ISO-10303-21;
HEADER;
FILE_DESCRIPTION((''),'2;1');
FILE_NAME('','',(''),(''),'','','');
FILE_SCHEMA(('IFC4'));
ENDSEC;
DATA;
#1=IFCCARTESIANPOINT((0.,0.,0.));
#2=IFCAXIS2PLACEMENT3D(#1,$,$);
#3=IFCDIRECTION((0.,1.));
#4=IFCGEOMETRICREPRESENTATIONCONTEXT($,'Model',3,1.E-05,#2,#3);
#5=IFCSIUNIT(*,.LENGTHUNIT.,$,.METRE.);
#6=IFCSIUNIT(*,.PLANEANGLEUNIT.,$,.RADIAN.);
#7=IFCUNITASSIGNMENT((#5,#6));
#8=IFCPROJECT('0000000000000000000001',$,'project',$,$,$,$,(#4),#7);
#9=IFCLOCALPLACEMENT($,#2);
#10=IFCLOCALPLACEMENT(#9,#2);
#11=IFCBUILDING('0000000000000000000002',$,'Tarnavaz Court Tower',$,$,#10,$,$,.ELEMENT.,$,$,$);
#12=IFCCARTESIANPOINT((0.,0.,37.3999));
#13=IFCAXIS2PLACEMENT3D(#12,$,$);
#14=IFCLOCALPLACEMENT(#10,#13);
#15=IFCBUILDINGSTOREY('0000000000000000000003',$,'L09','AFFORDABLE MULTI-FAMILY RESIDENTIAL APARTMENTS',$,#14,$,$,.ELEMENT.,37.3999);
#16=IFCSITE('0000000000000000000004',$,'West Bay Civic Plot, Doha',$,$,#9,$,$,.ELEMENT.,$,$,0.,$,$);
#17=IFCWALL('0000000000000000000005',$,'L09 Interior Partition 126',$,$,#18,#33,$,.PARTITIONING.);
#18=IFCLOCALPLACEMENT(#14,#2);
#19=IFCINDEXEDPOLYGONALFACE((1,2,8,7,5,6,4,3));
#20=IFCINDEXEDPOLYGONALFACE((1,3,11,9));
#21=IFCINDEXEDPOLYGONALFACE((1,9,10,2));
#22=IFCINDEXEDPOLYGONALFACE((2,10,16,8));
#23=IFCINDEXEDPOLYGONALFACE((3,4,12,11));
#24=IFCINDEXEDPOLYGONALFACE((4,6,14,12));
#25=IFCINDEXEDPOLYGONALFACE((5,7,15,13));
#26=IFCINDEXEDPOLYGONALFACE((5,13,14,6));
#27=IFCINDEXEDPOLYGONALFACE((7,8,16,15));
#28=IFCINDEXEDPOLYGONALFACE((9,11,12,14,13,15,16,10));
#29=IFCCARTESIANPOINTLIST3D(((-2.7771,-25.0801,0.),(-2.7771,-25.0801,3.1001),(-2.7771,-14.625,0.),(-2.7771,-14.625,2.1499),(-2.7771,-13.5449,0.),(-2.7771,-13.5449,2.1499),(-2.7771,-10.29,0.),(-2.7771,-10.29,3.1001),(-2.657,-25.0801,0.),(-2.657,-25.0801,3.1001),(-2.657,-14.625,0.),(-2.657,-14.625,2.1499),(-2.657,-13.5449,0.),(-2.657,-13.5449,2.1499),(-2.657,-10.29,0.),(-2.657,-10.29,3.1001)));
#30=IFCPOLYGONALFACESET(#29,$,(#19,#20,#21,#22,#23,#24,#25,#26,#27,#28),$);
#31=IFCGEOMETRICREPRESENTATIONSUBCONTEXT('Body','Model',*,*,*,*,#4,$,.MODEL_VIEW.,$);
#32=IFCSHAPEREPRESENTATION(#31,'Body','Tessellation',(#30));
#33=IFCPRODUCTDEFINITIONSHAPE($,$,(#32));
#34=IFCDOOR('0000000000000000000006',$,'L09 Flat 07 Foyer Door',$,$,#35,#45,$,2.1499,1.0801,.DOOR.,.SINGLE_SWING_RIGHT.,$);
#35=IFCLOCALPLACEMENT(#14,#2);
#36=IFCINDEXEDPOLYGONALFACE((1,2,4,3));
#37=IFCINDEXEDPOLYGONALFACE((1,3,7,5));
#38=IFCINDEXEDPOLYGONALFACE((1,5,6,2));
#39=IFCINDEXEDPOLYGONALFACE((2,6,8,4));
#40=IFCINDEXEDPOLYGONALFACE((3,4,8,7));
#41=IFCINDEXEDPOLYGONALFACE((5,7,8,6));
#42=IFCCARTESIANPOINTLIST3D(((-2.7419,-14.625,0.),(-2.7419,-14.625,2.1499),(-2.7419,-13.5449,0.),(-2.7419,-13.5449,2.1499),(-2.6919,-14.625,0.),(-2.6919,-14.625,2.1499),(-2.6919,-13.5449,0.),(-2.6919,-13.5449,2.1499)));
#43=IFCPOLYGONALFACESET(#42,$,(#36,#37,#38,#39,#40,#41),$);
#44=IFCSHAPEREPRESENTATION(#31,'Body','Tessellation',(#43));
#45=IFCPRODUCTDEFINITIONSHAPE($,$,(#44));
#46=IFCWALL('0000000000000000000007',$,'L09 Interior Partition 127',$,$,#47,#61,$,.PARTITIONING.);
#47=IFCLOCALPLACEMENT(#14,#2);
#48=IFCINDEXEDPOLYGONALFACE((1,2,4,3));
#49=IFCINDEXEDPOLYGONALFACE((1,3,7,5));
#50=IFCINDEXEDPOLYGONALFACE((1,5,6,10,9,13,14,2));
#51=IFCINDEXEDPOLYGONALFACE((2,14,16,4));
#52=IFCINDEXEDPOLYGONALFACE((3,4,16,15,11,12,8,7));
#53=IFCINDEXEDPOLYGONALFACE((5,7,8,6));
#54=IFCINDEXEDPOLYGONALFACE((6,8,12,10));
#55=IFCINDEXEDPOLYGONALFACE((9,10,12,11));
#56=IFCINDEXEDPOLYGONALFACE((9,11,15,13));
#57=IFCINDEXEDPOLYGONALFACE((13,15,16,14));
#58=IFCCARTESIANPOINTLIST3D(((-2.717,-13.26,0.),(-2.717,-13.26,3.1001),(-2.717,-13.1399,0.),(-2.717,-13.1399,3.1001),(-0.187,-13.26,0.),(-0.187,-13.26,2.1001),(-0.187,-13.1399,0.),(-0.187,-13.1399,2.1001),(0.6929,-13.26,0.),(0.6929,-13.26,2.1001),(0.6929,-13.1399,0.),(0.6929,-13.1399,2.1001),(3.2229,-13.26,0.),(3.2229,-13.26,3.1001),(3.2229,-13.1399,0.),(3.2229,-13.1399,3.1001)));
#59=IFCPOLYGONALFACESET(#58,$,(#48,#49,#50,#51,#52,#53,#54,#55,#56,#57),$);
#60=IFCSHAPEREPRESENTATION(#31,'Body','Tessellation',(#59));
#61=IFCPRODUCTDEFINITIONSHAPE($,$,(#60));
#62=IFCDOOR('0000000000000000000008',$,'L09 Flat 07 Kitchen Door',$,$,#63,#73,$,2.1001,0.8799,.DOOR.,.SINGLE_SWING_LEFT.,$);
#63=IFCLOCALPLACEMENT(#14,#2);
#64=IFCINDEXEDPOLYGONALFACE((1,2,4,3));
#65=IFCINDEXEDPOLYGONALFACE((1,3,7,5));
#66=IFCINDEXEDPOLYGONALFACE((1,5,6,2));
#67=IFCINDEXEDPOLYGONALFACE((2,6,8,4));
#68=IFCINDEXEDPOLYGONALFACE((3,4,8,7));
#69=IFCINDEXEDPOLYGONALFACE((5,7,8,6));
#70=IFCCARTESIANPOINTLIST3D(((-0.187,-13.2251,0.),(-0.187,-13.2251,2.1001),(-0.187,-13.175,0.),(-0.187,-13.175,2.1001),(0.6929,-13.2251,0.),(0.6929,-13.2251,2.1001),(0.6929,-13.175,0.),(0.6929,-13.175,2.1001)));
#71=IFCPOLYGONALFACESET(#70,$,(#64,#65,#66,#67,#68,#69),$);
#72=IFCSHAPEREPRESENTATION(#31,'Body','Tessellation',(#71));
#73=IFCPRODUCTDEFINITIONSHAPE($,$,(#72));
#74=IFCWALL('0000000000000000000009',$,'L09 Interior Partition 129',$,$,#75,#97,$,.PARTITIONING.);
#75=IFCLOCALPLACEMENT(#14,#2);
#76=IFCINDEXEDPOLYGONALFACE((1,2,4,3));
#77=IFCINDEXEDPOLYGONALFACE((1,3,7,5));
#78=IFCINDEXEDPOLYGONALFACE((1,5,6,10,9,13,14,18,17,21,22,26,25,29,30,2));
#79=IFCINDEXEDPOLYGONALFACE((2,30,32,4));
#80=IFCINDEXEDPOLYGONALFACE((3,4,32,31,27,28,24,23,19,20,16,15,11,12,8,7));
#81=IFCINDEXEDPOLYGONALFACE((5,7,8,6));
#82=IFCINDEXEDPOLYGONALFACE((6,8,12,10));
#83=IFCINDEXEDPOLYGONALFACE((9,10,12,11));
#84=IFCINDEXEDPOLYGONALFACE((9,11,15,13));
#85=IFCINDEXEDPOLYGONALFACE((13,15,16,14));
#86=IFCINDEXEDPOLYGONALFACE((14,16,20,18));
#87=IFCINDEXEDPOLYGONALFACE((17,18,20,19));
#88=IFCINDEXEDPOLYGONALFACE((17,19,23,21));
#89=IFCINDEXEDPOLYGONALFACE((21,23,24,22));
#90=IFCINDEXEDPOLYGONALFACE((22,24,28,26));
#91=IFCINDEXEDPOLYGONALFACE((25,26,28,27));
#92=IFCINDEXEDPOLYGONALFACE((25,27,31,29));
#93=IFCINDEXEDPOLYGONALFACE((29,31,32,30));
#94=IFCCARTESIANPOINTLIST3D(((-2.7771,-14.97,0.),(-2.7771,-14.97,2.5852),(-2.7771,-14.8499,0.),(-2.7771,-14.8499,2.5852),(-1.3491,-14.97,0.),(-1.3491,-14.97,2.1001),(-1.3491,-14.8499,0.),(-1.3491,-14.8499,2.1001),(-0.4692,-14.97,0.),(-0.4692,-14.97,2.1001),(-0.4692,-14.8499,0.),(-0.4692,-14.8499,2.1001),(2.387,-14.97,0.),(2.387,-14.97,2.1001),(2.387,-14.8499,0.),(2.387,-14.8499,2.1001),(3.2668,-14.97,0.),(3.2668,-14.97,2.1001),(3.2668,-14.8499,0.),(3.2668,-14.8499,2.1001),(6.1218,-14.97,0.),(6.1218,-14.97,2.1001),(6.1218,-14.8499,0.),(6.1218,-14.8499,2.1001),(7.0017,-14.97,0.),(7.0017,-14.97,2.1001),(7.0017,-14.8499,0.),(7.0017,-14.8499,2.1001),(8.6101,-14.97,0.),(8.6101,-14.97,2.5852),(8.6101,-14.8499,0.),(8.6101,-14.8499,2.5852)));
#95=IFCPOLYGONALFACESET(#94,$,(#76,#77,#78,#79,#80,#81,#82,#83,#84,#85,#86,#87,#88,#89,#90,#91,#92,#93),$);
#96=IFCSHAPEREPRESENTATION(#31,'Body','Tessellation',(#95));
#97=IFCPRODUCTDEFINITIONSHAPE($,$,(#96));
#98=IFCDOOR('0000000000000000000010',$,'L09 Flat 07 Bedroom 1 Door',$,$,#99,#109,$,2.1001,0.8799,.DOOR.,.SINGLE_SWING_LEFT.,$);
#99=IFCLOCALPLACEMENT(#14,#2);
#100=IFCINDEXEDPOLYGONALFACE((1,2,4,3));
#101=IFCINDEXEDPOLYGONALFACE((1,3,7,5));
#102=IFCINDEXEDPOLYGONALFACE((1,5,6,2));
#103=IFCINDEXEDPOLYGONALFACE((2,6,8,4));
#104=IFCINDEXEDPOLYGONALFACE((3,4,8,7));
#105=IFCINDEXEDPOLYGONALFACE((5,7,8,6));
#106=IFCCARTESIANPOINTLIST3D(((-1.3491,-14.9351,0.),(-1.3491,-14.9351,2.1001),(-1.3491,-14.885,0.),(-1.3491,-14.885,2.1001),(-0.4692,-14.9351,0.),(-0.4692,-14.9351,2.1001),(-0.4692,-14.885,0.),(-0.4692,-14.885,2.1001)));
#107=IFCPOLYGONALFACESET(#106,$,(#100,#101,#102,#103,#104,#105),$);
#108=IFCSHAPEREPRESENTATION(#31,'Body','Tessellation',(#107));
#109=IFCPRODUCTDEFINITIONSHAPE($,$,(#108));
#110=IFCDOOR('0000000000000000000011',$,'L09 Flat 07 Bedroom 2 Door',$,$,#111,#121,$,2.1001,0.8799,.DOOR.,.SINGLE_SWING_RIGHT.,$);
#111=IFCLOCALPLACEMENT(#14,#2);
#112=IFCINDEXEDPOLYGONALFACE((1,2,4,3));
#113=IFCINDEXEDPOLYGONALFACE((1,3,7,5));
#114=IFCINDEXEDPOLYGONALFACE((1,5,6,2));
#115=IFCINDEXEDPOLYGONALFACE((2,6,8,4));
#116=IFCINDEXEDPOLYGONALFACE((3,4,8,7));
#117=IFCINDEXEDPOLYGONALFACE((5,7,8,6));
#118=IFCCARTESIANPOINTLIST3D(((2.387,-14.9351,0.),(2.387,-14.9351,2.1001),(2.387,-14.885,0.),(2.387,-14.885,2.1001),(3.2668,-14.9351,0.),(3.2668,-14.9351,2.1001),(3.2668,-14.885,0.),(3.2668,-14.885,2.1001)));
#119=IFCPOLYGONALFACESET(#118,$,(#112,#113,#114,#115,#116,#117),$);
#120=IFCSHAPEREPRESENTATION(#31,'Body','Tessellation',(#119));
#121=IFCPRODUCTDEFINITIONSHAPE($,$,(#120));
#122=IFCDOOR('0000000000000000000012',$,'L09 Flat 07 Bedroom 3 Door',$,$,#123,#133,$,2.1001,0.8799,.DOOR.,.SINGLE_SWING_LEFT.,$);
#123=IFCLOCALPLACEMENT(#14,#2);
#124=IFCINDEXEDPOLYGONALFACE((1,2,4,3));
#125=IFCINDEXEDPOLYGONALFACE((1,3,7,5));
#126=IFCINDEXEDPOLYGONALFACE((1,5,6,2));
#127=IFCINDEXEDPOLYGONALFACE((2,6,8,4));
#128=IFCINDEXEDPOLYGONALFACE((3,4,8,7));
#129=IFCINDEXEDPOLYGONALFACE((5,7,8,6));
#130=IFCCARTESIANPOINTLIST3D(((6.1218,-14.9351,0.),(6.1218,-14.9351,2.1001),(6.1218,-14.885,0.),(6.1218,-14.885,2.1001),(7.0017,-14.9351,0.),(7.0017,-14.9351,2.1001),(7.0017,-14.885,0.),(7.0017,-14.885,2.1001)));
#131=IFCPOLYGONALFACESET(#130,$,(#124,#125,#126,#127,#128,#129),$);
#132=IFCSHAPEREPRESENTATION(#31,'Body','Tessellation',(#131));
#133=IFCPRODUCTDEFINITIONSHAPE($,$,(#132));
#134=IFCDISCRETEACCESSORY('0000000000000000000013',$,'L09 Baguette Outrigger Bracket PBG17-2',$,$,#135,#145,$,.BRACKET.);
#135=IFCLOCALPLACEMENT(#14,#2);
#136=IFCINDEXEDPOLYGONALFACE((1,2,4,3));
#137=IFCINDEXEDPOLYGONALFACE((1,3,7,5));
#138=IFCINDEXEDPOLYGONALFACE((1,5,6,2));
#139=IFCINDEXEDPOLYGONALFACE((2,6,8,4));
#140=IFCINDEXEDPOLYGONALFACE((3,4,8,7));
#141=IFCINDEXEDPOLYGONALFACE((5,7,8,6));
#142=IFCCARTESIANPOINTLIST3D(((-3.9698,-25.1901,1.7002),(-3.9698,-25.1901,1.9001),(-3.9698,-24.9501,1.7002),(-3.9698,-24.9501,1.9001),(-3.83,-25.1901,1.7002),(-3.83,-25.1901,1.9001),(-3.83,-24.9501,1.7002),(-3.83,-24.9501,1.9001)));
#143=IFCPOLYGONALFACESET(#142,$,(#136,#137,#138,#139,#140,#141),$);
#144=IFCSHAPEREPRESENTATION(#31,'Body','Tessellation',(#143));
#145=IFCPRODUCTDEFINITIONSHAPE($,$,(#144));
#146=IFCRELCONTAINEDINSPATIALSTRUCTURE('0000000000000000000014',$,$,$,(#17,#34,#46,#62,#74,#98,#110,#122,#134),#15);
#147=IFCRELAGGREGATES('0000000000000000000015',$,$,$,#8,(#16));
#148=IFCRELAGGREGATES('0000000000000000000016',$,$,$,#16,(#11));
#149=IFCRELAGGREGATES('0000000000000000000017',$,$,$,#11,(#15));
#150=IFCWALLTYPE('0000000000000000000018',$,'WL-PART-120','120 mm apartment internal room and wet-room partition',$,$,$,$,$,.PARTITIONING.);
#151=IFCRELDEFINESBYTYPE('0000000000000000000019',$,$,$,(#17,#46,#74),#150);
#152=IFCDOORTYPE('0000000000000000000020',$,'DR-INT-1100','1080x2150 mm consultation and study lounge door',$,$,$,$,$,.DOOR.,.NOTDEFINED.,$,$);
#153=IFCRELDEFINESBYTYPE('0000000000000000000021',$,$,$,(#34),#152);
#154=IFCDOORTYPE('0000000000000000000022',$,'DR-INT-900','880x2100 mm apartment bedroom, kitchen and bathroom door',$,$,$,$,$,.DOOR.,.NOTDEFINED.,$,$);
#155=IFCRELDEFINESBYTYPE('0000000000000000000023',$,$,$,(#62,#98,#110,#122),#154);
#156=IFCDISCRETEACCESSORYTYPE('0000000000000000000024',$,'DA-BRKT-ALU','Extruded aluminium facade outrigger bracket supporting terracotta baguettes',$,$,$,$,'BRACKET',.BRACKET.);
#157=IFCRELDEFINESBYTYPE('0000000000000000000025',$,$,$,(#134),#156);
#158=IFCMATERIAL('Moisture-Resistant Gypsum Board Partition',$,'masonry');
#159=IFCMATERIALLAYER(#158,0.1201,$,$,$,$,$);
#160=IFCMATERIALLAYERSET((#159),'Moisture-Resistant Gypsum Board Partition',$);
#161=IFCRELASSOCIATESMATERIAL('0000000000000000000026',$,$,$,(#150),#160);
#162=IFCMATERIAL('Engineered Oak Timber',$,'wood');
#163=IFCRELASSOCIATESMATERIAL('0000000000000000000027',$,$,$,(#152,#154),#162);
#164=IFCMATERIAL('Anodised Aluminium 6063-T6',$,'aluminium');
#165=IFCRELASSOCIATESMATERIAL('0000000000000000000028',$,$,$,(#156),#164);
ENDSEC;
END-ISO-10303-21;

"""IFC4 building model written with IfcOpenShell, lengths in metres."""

from ifc_helpers import new_model, si_unit, direction, frame, frame_2d, origin, origin_2d, place, context, subcontext, project, spatial, rectangle, extrude, material, layer, layer_set, type_object, element, fill, save


model = new_model("IFC4")

# Units and contexts
model_context = context("Model", 3, precision=1e-05, world=origin(), true_north=direction((0.0, 1.0)))
body_context = subcontext(model_context, "Body", "Model", "MODEL_VIEW")
ifc_project = project(units=[si_unit("LENGTHUNIT", "METRE"), si_unit("PLANEANGLEUNIT", "RADIAN")], contexts=[model_context])

# Site, building, storey
site_placement = place(None, origin())
site = spatial("IfcSite", under=ifc_project, at=site_placement, Name="West Bay Civic Plot, Doha", CompositionType="ELEMENT", RefElevation=0.0)
building_placement = place(site_placement, origin())
building = spatial("IfcBuilding", under=site, at=building_placement, Name="Tarnavaz Court Tower", CompositionType="ELEMENT")
storey_placement = place(building_placement, frame((0.0, 0.0, 37.3999)))
storey = spatial("IfcBuildingStorey", under=building, at=storey_placement, Name="L09", Description="AFFORDABLE MULTI-FAMILY RESIDENTIAL APARTMENTS", CompositionType="ELEMENT", Elevation=37.3999)

# Shared definitions
ifc_material_1 = material(Name="Anodised Aluminium 6063-T6", Category="aluminium")

# Walls, openings, doors
ifc_material_2 = material(Name="Moisture-Resistant Gypsum Board Partition", Category="masonry")
ifc_layer_1 = layer(ifc_material_2, 0.1201)
ifc_layer_set_1 = layer_set([ifc_layer_1], Name="Moisture-Resistant Gypsum Board Partition")
wall_type_1 = type_object("IfcWallType", Name="WL-PART-120", Description="120 mm apartment internal room and wet-room partition", PredefinedType="PARTITIONING", material=ifc_layer_set_1)
wall_1_placement = place(storey_placement, frame((-2.717, -25.0801, 0.0), z_axis=(0.0, 0.0, 1.0), x_axis=(0.0, 1.0, 0.0)))
wall_1 = element("IfcWall", 1, at=wall_1_placement, inside=storey, type_object=wall_type_1, Name="L09 Interior Partition 126", PredefinedType="PARTITIONING", context=body_context, shape_type="SweptSolid", body=[
    extrude(rectangle(XDim=14.79, YDim=0.1201, at=frame_2d((7.395, 0.0))), origin(), (0.0, 0.0, 1.0), 3.1001),
])
opening_1_placement = place(wall_1_placement, frame((10.4551, 0.0, 0.0)))
opening_1 = element("IfcOpeningElement", 2, at=opening_1_placement, cuts=wall_1, PredefinedType="OPENING", context=body_context, shape_type="SweptSolid", body=[
    extrude(rectangle(XDim=1.0801, YDim=2.1499, at=frame_2d((0.54, 1.075))), frame((0.0, 0.0701, 0.0), z_axis=(0.0, -1.0, 0.0), x_axis=(1.0, 0.0, 0.0)), (0.0, 0.0, 1.0), 0.1401),
])
ifc_material_3 = material(Name="Engineered Oak Timber", Category="wood")
door_type_1 = type_object("IfcDoorType", Name="DR-INT-1100", Description="1080x2150 mm consultation and study lounge door", OperationType="NOTDEFINED", PredefinedType="DOOR", material=ifc_material_3)
door_1_placement = place(opening_1_placement, origin())
door_1 = element("IfcDoor", 3, at=door_1_placement, inside=storey, type_object=door_type_1, Name="L09 Flat 07 Foyer Door", OperationType="SINGLE_SWING_RIGHT", OverallHeight=2.1499, OverallWidth=1.0801, PredefinedType="DOOR", context=body_context, shape_type="SweptSolid", body=[
    extrude(rectangle(XDim=1.0801, YDim=2.1499, at=frame_2d((0.54, 1.075))), frame((0.0, 0.0249, 0.0), z_axis=(0.0, -1.0, 0.0), x_axis=(1.0, 0.0, 0.0)), (0.0, 0.0, 1.0), 0.05),
])
fill(opening_1, door_1)
wall_2_placement = place(storey_placement, frame((-2.717, -13.2, 0.0), z_axis=(0.0, 0.0, 1.0), x_axis=(1.0, 0.0, 0.0)))
wall_2 = element("IfcWall", 4, at=wall_2_placement, inside=storey, type_object=wall_type_1, Name="L09 Interior Partition 127", PredefinedType="PARTITIONING", context=body_context, shape_type="SweptSolid", body=[
    extrude(rectangle(XDim=5.9399, YDim=0.1201, at=frame_2d((2.97, 0.0))), origin(), (0.0, 0.0, 1.0), 3.1001),
])
opening_2_placement = place(wall_2_placement, frame((2.53, 0.0, 0.0)))
opening_2 = element("IfcOpeningElement", 5, at=opening_2_placement, cuts=wall_2, PredefinedType="OPENING", context=body_context, shape_type="SweptSolid", body=[
    extrude(rectangle(XDim=0.8799, YDim=2.1001, at=frame_2d((0.4399, 1.05))), frame((0.0, 0.0701, 0.0), z_axis=(0.0, -1.0, 0.0), x_axis=(1.0, 0.0, 0.0)), (0.0, 0.0, 1.0), 0.1401),
])
door_type_2 = type_object("IfcDoorType", Name="DR-INT-900", Description="880x2100 mm apartment bedroom, kitchen and bathroom door", OperationType="NOTDEFINED", PredefinedType="DOOR", material=ifc_material_3)
door_2_placement = place(opening_2_placement, origin())
door_2 = element("IfcDoor", 6, at=door_2_placement, inside=storey, type_object=door_type_2, Name="L09 Flat 07 Kitchen Door", OperationType="SINGLE_SWING_LEFT", OverallHeight=2.1001, OverallWidth=0.8799, PredefinedType="DOOR", context=body_context, shape_type="SweptSolid", body=[
    extrude(rectangle(XDim=0.8799, YDim=2.1001, at=frame_2d((0.4399, 1.05))), frame((0.0, 0.0249, 0.0), z_axis=(0.0, -1.0, 0.0), x_axis=(1.0, 0.0, 0.0)), (0.0, 0.0, 1.0), 0.05),
])
fill(opening_2, door_2)

# Wall, openings, doors
wall_3_placement = place(storey_placement, frame((-2.7771, -14.9099, 0.0), z_axis=(0.0, 0.0, 1.0), x_axis=(1.0, 0.0, 0.0)))
wall_3 = element("IfcWall", 7, at=wall_3_placement, inside=storey, type_object=wall_type_1, Name="L09 Interior Partition 129", PredefinedType="PARTITIONING", context=body_context, shape_type="SweptSolid", body=[
    extrude(rectangle(XDim=11.3872, YDim=0.1201, at=frame_2d((5.6936, 0.0))), origin(), (0.0, 0.0, 1.0), 2.5852),
])
opening_3_placement = place(wall_3_placement, frame((1.428, 0.0, 0.0)))
opening_3 = element("IfcOpeningElement", 8, at=opening_3_placement, cuts=wall_3, PredefinedType="OPENING", context=body_context, shape_type="SweptSolid", body=[
    extrude(rectangle(XDim=0.8799, YDim=2.1001, at=frame_2d((0.4399, 1.05))), frame((0.0, 0.0701, 0.0), z_axis=(0.0, -1.0, 0.0), x_axis=(1.0, 0.0, 0.0)), (0.0, 0.0, 1.0), 0.1401),
])
opening_4_placement = place(wall_3_placement, frame((5.1641, 0.0, 0.0)))
opening_4 = element("IfcOpeningElement", 9, at=opening_4_placement, cuts=wall_3, PredefinedType="OPENING", context=body_context, shape_type="SweptSolid", body=[
    extrude(rectangle(XDim=0.8799, YDim=2.1001, at=frame_2d((0.4399, 1.05))), frame((0.0, 0.0701, 0.0), z_axis=(0.0, -1.0, 0.0), x_axis=(1.0, 0.0, 0.0)), (0.0, 0.0, 1.0), 0.1401),
])
opening_5_placement = place(wall_3_placement, frame((8.8989, 0.0, 0.0)))
opening_5 = element("IfcOpeningElement", 10, at=opening_5_placement, cuts=wall_3, PredefinedType="OPENING", context=body_context, shape_type="SweptSolid", body=[
    extrude(rectangle(XDim=0.8799, YDim=2.1001, at=frame_2d((0.4399, 1.05))), frame((0.0, 0.0701, 0.0), z_axis=(0.0, -1.0, 0.0), x_axis=(1.0, 0.0, 0.0)), (0.0, 0.0, 1.0), 0.1401),
])
door_3_placement = place(opening_3_placement, origin())
door_3 = element("IfcDoor", 11, at=door_3_placement, inside=storey, type_object=door_type_2, Name="L09 Flat 07 Bedroom 1 Door", OperationType="SINGLE_SWING_LEFT", OverallHeight=2.1001, OverallWidth=0.8799, PredefinedType="DOOR", context=body_context, shape_type="SweptSolid", body=[
    extrude(rectangle(XDim=0.8799, YDim=2.1001, at=frame_2d((0.4399, 1.05))), frame((0.0, 0.0249, 0.0), z_axis=(0.0, -1.0, 0.0), x_axis=(1.0, 0.0, 0.0)), (0.0, 0.0, 1.0), 0.05),
])
fill(opening_3, door_3)
door_4_placement = place(opening_4_placement, origin())
door_4 = element("IfcDoor", 12, at=door_4_placement, inside=storey, type_object=door_type_2, Name="L09 Flat 07 Bedroom 2 Door", OperationType="SINGLE_SWING_RIGHT", OverallHeight=2.1001, OverallWidth=0.8799, PredefinedType="DOOR", context=body_context, shape_type="SweptSolid", body=[
    extrude(rectangle(XDim=0.8799, YDim=2.1001, at=frame_2d((0.4399, 1.05))), frame((0.0, 0.0249, 0.0), z_axis=(0.0, -1.0, 0.0), x_axis=(1.0, 0.0, 0.0)), (0.0, 0.0, 1.0), 0.05),
])
fill(opening_4, door_4)
door_5_placement = place(opening_5_placement, origin())
door_5 = element("IfcDoor", 13, at=door_5_placement, inside=storey, type_object=door_type_2, Name="L09 Flat 07 Bedroom 3 Door", OperationType="SINGLE_SWING_LEFT", OverallHeight=2.1001, OverallWidth=0.8799, PredefinedType="DOOR", context=body_context, shape_type="SweptSolid", body=[
    extrude(rectangle(XDim=0.8799, YDim=2.1001, at=frame_2d((0.4399, 1.05))), frame((0.0, 0.0249, 0.0), z_axis=(0.0, -1.0, 0.0), x_axis=(1.0, 0.0, 0.0)), (0.0, 0.0, 1.0), 0.05),
])
fill(opening_5, door_5)

# Discrete accessory
discrete_accessory_type = type_object("IfcDiscreteAccessoryType", Name="DA-BRKT-ALU", Description="Extruded aluminium facade outrigger bracket supporting terracotta baguettes", ElementType="BRACKET", PredefinedType="BRACKET", material=ifc_material_1)
discrete_accessory_placement = place(storey_placement, frame((-3.8999, -25.0701, 1.7002), z_axis=(0.0, 0.0, 1.0), x_axis=(-1.0, 0.0, 0.0)))
element("IfcDiscreteAccessory", 14, at=discrete_accessory_placement, inside=storey, type_object=discrete_accessory_type, Name="L09 Baguette Outrigger Bracket PBG17-2", PredefinedType="BRACKET", context=body_context, shape_type="SweptSolid", body=[
    extrude(rectangle(XDim=0.1399, YDim=0.24, at=origin_2d()), origin(), (0.0, 0.0, 1.0), 0.2),
])

save(model, "model.ifc")
